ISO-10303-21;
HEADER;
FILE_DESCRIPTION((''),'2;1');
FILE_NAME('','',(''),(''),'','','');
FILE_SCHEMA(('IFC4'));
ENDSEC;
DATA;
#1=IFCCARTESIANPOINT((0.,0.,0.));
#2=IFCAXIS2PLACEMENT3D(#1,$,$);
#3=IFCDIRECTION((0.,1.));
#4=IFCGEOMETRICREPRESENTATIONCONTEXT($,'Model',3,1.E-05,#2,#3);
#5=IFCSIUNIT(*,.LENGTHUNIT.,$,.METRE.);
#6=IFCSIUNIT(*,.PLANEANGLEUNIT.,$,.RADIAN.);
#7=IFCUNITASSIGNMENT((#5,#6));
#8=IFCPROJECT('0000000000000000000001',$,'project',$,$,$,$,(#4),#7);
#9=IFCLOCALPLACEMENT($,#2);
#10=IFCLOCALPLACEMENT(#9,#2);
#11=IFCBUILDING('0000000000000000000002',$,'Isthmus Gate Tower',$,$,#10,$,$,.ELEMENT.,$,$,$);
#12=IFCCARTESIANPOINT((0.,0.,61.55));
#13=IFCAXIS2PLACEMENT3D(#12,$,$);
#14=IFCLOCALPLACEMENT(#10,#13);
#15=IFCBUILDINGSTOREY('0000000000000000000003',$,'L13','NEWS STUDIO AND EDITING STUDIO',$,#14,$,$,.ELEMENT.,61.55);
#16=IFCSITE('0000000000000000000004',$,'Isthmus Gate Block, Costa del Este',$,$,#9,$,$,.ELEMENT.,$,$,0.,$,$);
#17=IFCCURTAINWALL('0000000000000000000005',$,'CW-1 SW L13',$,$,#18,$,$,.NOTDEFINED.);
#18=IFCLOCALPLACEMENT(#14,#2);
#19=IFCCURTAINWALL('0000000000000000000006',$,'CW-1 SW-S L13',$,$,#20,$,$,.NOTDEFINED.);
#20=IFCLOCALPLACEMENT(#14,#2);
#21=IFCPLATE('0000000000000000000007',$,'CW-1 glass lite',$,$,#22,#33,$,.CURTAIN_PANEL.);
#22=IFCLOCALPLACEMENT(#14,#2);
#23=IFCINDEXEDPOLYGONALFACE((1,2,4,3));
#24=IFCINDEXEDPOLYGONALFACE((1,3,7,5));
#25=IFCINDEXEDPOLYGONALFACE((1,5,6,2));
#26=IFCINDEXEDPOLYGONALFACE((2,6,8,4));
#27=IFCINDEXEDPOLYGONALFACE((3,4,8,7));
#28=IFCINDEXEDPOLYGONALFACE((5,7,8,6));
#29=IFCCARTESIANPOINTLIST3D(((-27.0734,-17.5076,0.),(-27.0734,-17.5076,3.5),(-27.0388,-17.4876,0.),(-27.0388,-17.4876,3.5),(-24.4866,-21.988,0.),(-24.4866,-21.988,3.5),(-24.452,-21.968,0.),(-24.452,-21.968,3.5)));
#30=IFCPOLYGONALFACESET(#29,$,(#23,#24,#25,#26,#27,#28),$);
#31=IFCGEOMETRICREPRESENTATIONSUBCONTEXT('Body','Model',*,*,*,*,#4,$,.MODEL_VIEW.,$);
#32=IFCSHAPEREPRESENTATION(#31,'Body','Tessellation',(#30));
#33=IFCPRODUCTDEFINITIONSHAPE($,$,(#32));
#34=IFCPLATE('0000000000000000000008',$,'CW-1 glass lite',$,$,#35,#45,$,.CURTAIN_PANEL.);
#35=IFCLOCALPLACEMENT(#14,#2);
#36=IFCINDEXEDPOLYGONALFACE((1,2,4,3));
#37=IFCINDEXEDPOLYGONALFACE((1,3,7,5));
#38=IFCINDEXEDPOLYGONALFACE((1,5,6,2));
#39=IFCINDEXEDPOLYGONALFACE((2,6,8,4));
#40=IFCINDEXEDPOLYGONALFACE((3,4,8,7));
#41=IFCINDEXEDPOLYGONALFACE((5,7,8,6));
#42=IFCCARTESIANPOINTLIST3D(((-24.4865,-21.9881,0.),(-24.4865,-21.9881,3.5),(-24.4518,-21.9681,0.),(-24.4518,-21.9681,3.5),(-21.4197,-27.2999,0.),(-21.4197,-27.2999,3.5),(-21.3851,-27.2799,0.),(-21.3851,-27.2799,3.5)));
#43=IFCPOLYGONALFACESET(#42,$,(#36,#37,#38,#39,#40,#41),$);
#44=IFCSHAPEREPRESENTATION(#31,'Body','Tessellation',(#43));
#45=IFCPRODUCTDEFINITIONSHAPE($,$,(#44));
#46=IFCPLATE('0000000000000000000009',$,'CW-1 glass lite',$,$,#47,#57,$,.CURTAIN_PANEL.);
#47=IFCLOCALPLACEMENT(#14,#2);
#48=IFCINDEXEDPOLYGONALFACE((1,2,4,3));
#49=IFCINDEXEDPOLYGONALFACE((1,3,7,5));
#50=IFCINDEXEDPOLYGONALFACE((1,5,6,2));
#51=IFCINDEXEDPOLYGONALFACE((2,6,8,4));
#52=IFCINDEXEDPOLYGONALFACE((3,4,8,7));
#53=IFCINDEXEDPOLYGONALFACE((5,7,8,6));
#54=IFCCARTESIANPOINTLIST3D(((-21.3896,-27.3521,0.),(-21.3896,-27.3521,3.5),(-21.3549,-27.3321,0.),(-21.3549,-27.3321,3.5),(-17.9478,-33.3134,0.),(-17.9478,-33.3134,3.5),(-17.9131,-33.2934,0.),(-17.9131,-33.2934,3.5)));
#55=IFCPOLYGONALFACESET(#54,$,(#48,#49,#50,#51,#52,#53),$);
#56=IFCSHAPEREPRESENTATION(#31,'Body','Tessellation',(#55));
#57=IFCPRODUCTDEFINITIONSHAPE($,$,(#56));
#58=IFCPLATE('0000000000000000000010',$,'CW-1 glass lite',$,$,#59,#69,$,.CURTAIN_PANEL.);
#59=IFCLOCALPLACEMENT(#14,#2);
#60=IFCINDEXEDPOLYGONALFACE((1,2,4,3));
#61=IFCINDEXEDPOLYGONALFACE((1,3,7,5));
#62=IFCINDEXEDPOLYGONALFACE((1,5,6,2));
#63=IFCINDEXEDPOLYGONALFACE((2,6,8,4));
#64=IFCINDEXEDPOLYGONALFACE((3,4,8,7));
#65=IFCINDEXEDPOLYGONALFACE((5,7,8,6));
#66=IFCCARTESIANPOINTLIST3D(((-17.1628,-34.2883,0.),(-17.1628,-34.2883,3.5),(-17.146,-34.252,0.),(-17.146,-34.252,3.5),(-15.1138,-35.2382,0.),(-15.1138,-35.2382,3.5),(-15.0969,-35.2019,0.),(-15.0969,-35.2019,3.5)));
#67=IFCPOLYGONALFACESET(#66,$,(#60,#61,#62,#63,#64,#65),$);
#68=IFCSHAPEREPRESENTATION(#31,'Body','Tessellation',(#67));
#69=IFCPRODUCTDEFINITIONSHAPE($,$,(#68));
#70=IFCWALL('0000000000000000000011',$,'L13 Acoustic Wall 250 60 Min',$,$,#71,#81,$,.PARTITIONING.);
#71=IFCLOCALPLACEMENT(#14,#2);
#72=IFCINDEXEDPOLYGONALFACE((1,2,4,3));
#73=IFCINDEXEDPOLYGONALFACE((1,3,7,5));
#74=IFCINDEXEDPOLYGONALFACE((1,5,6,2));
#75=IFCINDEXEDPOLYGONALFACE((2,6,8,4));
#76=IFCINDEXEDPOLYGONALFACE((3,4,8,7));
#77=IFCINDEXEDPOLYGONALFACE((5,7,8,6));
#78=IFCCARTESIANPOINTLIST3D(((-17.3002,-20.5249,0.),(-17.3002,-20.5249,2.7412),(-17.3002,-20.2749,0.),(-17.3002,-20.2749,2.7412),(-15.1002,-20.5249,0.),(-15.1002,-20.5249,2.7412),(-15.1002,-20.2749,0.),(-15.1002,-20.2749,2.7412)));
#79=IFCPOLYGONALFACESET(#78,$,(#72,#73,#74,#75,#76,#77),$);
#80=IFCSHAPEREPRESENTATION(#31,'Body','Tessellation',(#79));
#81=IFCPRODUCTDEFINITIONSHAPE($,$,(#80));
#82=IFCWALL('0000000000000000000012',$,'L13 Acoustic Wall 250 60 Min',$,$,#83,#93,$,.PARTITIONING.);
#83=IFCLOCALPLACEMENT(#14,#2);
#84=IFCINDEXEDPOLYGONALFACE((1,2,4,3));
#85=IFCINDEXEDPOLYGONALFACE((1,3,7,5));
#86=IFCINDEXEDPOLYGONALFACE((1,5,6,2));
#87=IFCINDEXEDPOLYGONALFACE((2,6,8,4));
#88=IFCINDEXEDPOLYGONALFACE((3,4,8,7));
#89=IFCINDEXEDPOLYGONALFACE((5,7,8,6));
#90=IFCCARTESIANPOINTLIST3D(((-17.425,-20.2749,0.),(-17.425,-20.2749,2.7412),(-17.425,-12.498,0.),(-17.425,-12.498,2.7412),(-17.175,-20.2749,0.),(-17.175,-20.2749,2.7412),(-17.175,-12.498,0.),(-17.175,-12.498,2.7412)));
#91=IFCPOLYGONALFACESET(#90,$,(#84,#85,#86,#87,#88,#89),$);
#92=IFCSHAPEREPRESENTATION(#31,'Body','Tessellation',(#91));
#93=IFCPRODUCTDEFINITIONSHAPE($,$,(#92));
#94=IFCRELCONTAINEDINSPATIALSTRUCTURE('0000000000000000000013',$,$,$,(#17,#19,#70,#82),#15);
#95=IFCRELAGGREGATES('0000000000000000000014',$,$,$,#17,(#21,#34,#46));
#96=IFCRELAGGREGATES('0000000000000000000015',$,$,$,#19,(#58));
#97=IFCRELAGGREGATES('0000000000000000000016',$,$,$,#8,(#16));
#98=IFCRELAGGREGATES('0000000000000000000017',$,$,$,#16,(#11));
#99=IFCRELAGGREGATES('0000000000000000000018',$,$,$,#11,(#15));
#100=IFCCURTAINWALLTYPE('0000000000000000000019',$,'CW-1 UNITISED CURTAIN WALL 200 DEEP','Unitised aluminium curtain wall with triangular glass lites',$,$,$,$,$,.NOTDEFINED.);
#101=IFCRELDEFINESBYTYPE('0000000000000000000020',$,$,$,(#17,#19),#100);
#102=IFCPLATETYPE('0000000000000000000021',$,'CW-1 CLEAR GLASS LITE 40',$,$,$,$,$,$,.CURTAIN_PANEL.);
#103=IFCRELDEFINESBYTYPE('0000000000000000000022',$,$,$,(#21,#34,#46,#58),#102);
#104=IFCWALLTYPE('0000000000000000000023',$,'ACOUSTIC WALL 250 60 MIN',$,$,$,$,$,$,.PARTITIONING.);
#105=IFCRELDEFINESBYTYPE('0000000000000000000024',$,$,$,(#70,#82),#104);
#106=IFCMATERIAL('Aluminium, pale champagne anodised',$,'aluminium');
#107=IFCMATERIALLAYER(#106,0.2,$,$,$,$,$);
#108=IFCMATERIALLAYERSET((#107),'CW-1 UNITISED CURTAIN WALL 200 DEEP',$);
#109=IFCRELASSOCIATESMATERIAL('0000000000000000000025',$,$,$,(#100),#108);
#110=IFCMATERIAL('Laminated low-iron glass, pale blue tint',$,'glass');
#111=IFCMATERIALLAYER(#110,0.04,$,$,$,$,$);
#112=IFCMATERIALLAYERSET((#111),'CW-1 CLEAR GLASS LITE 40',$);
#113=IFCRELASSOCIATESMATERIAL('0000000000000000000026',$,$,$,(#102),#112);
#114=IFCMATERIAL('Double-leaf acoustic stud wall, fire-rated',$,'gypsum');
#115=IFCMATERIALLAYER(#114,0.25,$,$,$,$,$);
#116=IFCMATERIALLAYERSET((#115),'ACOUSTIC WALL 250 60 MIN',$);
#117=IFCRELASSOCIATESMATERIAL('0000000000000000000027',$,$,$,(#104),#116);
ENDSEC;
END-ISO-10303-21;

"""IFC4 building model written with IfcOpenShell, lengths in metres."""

from ifc_helpers import new_model, si_unit, direction, frame, frame_2d, origin, origin_2d, place, context, subcontext, project, spatial, rectangle, extrude, material, layer, layer_set, type_object, element, aggregate, save


model = new_model("IFC4")

# Units and contexts
model_context = context("Model", 3, precision=1e-05, world=origin(), true_north=direction((0.0, 1.0)))
body_context = subcontext(model_context, "Body", "Model", "MODEL_VIEW")
ifc_project = project(units=[si_unit("LENGTHUNIT", "METRE"), si_unit("PLANEANGLEUNIT", "RADIAN")], contexts=[model_context])

# Site, building, storey
site_placement = place(None, origin())
site = spatial("IfcSite", under=ifc_project, at=site_placement, Name="Isthmus Gate Block, Costa del Este", CompositionType="ELEMENT", RefElevation=0.0)
building_placement = place(site_placement, origin())
building = spatial("IfcBuilding", under=site, at=building_placement, Name="Isthmus Gate Tower", CompositionType="ELEMENT")
storey_placement = place(building_placement, frame((0.0, 0.0, 61.55)))
storey = spatial("IfcBuildingStorey", under=building, at=storey_placement, Name="L13", Description="NEWS STUDIO AND EDITING STUDIO", CompositionType="ELEMENT", Elevation=61.55)

# Curtain wall
ifc_material_1 = material(Name="Aluminium, pale champagne anodised", Category="aluminium")
ifc_layer_1 = layer(ifc_material_1, 0.2)
ifc_layer_set_1 = layer_set([ifc_layer_1], Name="CW-1 UNITISED CURTAIN WALL 200 DEEP")
curtain_wall_type = type_object("IfcCurtainWallType", Name="CW-1 UNITISED CURTAIN WALL 200 DEEP", Description="Unitised aluminium curtain wall with triangular glass lites", PredefinedType="NOTDEFINED", material=ifc_layer_set_1)
curtain_wall_1_placement = place(storey_placement, origin())
curtain_wall_1 = element("IfcCurtainWall", 1, at=curtain_wall_1_placement, inside=storey, type_object=curtain_wall_type, Name="CW-1 SW L13", PredefinedType="NOTDEFINED")

# Curtain wall
curtain_wall_2_placement = place(storey_placement, origin())
curtain_wall_2 = element("IfcCurtainWall", 2, at=curtain_wall_2_placement, inside=storey, type_object=curtain_wall_type, Name="CW-1 SW-S L13", PredefinedType="NOTDEFINED")

# Plates
ifc_material_2 = material(Name="Laminated low-iron glass, pale blue tint", Category="glass")
ifc_layer_2 = layer(ifc_material_2, 0.04)
ifc_layer_set_2 = layer_set([ifc_layer_2], Name="CW-1 CLEAR GLASS LITE 40")
plate_type = type_object("IfcPlateType", Name="CW-1 CLEAR GLASS LITE 40", PredefinedType="CURTAIN_PANEL", material=ifc_layer_set_2)
plate_1_placement = place(storey_placement, frame((-25.7627, -19.7378, 0.0), z_axis=(0.0, 0.0, 1.0), x_axis=(0.5, -0.866025, 0.0)))
plate_1 = element("IfcPlate", 3, at=plate_1_placement, type_object=plate_type, Name="CW-1 glass lite", PredefinedType="CURTAIN_PANEL", context=body_context, shape_type="SweptSolid", body=[
    extrude(rectangle(XDim=5.1736, YDim=0.04, at=origin_2d()), origin(), (0.0, 0.0, 1.0), 3.5),
])
plate_2_placement = place(storey_placement, frame((-22.9358, -24.634, 0.0), z_axis=(0.0, 0.0, 1.0), x_axis=(0.5, -0.866025, 0.0)))
plate_2 = element("IfcPlate", 4, at=plate_2_placement, type_object=plate_type, Name="CW-1 glass lite", PredefinedType="CURTAIN_PANEL", context=body_context, shape_type="SweptSolid", body=[
    extrude(rectangle(XDim=6.1335, YDim=0.04, at=origin_2d()), origin(), (0.0, 0.0, 1.0), 3.5),
])
plate_3_placement = place(storey_placement, frame((-19.6514, -30.3228, 0.0), z_axis=(0.0, 0.0, 1.0), x_axis=(0.5, -0.866025, 0.0)))
plate_3 = element("IfcPlate", 5, at=plate_3_placement, type_object=plate_type, Name="CW-1 glass lite", PredefinedType="CURTAIN_PANEL", context=body_context, shape_type="SweptSolid", body=[
    extrude(rectangle(XDim=6.8835, YDim=0.04, at=origin_2d()), origin(), (0.0, 0.0, 1.0), 3.5),
])
aggregate(curtain_wall_1, [plate_1, plate_2, plate_3])
plate_4_placement = place(storey_placement, frame((-16.1299, -34.7451, 0.0), z_axis=(0.0, 0.0, 1.0), x_axis=(0.907256, -0.420578, 0.0)))
plate_4 = element("IfcPlate", 6, at=plate_4_placement, type_object=plate_type, Name="CW-1 glass lite", PredefinedType="CURTAIN_PANEL", context=body_context, shape_type="SweptSolid", body=[
    extrude(rectangle(XDim=2.2585, YDim=0.04, at=origin_2d()), origin(), (0.0, 0.0, 1.0), 3.5),
])
aggregate(curtain_wall_2, [plate_4])

# Walls
ifc_material_3 = material(Name="Double-leaf acoustic stud wall, fire-rated", Category="gypsum")
ifc_layer_3 = layer(ifc_material_3, 0.25)
ifc_layer_set_3 = layer_set([ifc_layer_3], Name="ACOUSTIC WALL 250 60 MIN")
wall_type = type_object("IfcWallType", Name="ACOUSTIC WALL 250 60 MIN", PredefinedType="PARTITIONING", material=ifc_layer_set_3)
wall_1_placement = place(storey_placement, frame((-15.1001, -20.3999, 0.0), z_axis=(0.0, 0.0, 1.0), x_axis=(-1.0, 0.0, 0.0)))
element("IfcWall", 7, at=wall_1_placement, inside=storey, type_object=wall_type, Name="L13 Acoustic Wall 250 60 Min", PredefinedType="PARTITIONING", context=body_context, shape_type="SweptSolid", body=[
    extrude(rectangle(XDim=2.2, YDim=0.25, at=frame_2d((1.1001, 0.0))), origin(), (0.0, 0.0, 1.0), 2.7412),
])
wall_2_placement = place(storey_placement, frame((-17.3, -20.2749, 0.0), z_axis=(0.0, 0.0, 1.0), x_axis=(0.0, 1.0, 0.0)))
element("IfcWall", 8, at=wall_2_placement, inside=storey, type_object=wall_type, Name="L13 Acoustic Wall 250 60 Min", PredefinedType="PARTITIONING", context=body_context, shape_type="SweptSolid", body=[
    extrude(rectangle(XDim=7.7769, YDim=0.25, at=frame_2d((3.8884, 0.0))), origin(), (0.0, 0.0, 1.0), 2.7412),
])

save(model, "model.ifc")
